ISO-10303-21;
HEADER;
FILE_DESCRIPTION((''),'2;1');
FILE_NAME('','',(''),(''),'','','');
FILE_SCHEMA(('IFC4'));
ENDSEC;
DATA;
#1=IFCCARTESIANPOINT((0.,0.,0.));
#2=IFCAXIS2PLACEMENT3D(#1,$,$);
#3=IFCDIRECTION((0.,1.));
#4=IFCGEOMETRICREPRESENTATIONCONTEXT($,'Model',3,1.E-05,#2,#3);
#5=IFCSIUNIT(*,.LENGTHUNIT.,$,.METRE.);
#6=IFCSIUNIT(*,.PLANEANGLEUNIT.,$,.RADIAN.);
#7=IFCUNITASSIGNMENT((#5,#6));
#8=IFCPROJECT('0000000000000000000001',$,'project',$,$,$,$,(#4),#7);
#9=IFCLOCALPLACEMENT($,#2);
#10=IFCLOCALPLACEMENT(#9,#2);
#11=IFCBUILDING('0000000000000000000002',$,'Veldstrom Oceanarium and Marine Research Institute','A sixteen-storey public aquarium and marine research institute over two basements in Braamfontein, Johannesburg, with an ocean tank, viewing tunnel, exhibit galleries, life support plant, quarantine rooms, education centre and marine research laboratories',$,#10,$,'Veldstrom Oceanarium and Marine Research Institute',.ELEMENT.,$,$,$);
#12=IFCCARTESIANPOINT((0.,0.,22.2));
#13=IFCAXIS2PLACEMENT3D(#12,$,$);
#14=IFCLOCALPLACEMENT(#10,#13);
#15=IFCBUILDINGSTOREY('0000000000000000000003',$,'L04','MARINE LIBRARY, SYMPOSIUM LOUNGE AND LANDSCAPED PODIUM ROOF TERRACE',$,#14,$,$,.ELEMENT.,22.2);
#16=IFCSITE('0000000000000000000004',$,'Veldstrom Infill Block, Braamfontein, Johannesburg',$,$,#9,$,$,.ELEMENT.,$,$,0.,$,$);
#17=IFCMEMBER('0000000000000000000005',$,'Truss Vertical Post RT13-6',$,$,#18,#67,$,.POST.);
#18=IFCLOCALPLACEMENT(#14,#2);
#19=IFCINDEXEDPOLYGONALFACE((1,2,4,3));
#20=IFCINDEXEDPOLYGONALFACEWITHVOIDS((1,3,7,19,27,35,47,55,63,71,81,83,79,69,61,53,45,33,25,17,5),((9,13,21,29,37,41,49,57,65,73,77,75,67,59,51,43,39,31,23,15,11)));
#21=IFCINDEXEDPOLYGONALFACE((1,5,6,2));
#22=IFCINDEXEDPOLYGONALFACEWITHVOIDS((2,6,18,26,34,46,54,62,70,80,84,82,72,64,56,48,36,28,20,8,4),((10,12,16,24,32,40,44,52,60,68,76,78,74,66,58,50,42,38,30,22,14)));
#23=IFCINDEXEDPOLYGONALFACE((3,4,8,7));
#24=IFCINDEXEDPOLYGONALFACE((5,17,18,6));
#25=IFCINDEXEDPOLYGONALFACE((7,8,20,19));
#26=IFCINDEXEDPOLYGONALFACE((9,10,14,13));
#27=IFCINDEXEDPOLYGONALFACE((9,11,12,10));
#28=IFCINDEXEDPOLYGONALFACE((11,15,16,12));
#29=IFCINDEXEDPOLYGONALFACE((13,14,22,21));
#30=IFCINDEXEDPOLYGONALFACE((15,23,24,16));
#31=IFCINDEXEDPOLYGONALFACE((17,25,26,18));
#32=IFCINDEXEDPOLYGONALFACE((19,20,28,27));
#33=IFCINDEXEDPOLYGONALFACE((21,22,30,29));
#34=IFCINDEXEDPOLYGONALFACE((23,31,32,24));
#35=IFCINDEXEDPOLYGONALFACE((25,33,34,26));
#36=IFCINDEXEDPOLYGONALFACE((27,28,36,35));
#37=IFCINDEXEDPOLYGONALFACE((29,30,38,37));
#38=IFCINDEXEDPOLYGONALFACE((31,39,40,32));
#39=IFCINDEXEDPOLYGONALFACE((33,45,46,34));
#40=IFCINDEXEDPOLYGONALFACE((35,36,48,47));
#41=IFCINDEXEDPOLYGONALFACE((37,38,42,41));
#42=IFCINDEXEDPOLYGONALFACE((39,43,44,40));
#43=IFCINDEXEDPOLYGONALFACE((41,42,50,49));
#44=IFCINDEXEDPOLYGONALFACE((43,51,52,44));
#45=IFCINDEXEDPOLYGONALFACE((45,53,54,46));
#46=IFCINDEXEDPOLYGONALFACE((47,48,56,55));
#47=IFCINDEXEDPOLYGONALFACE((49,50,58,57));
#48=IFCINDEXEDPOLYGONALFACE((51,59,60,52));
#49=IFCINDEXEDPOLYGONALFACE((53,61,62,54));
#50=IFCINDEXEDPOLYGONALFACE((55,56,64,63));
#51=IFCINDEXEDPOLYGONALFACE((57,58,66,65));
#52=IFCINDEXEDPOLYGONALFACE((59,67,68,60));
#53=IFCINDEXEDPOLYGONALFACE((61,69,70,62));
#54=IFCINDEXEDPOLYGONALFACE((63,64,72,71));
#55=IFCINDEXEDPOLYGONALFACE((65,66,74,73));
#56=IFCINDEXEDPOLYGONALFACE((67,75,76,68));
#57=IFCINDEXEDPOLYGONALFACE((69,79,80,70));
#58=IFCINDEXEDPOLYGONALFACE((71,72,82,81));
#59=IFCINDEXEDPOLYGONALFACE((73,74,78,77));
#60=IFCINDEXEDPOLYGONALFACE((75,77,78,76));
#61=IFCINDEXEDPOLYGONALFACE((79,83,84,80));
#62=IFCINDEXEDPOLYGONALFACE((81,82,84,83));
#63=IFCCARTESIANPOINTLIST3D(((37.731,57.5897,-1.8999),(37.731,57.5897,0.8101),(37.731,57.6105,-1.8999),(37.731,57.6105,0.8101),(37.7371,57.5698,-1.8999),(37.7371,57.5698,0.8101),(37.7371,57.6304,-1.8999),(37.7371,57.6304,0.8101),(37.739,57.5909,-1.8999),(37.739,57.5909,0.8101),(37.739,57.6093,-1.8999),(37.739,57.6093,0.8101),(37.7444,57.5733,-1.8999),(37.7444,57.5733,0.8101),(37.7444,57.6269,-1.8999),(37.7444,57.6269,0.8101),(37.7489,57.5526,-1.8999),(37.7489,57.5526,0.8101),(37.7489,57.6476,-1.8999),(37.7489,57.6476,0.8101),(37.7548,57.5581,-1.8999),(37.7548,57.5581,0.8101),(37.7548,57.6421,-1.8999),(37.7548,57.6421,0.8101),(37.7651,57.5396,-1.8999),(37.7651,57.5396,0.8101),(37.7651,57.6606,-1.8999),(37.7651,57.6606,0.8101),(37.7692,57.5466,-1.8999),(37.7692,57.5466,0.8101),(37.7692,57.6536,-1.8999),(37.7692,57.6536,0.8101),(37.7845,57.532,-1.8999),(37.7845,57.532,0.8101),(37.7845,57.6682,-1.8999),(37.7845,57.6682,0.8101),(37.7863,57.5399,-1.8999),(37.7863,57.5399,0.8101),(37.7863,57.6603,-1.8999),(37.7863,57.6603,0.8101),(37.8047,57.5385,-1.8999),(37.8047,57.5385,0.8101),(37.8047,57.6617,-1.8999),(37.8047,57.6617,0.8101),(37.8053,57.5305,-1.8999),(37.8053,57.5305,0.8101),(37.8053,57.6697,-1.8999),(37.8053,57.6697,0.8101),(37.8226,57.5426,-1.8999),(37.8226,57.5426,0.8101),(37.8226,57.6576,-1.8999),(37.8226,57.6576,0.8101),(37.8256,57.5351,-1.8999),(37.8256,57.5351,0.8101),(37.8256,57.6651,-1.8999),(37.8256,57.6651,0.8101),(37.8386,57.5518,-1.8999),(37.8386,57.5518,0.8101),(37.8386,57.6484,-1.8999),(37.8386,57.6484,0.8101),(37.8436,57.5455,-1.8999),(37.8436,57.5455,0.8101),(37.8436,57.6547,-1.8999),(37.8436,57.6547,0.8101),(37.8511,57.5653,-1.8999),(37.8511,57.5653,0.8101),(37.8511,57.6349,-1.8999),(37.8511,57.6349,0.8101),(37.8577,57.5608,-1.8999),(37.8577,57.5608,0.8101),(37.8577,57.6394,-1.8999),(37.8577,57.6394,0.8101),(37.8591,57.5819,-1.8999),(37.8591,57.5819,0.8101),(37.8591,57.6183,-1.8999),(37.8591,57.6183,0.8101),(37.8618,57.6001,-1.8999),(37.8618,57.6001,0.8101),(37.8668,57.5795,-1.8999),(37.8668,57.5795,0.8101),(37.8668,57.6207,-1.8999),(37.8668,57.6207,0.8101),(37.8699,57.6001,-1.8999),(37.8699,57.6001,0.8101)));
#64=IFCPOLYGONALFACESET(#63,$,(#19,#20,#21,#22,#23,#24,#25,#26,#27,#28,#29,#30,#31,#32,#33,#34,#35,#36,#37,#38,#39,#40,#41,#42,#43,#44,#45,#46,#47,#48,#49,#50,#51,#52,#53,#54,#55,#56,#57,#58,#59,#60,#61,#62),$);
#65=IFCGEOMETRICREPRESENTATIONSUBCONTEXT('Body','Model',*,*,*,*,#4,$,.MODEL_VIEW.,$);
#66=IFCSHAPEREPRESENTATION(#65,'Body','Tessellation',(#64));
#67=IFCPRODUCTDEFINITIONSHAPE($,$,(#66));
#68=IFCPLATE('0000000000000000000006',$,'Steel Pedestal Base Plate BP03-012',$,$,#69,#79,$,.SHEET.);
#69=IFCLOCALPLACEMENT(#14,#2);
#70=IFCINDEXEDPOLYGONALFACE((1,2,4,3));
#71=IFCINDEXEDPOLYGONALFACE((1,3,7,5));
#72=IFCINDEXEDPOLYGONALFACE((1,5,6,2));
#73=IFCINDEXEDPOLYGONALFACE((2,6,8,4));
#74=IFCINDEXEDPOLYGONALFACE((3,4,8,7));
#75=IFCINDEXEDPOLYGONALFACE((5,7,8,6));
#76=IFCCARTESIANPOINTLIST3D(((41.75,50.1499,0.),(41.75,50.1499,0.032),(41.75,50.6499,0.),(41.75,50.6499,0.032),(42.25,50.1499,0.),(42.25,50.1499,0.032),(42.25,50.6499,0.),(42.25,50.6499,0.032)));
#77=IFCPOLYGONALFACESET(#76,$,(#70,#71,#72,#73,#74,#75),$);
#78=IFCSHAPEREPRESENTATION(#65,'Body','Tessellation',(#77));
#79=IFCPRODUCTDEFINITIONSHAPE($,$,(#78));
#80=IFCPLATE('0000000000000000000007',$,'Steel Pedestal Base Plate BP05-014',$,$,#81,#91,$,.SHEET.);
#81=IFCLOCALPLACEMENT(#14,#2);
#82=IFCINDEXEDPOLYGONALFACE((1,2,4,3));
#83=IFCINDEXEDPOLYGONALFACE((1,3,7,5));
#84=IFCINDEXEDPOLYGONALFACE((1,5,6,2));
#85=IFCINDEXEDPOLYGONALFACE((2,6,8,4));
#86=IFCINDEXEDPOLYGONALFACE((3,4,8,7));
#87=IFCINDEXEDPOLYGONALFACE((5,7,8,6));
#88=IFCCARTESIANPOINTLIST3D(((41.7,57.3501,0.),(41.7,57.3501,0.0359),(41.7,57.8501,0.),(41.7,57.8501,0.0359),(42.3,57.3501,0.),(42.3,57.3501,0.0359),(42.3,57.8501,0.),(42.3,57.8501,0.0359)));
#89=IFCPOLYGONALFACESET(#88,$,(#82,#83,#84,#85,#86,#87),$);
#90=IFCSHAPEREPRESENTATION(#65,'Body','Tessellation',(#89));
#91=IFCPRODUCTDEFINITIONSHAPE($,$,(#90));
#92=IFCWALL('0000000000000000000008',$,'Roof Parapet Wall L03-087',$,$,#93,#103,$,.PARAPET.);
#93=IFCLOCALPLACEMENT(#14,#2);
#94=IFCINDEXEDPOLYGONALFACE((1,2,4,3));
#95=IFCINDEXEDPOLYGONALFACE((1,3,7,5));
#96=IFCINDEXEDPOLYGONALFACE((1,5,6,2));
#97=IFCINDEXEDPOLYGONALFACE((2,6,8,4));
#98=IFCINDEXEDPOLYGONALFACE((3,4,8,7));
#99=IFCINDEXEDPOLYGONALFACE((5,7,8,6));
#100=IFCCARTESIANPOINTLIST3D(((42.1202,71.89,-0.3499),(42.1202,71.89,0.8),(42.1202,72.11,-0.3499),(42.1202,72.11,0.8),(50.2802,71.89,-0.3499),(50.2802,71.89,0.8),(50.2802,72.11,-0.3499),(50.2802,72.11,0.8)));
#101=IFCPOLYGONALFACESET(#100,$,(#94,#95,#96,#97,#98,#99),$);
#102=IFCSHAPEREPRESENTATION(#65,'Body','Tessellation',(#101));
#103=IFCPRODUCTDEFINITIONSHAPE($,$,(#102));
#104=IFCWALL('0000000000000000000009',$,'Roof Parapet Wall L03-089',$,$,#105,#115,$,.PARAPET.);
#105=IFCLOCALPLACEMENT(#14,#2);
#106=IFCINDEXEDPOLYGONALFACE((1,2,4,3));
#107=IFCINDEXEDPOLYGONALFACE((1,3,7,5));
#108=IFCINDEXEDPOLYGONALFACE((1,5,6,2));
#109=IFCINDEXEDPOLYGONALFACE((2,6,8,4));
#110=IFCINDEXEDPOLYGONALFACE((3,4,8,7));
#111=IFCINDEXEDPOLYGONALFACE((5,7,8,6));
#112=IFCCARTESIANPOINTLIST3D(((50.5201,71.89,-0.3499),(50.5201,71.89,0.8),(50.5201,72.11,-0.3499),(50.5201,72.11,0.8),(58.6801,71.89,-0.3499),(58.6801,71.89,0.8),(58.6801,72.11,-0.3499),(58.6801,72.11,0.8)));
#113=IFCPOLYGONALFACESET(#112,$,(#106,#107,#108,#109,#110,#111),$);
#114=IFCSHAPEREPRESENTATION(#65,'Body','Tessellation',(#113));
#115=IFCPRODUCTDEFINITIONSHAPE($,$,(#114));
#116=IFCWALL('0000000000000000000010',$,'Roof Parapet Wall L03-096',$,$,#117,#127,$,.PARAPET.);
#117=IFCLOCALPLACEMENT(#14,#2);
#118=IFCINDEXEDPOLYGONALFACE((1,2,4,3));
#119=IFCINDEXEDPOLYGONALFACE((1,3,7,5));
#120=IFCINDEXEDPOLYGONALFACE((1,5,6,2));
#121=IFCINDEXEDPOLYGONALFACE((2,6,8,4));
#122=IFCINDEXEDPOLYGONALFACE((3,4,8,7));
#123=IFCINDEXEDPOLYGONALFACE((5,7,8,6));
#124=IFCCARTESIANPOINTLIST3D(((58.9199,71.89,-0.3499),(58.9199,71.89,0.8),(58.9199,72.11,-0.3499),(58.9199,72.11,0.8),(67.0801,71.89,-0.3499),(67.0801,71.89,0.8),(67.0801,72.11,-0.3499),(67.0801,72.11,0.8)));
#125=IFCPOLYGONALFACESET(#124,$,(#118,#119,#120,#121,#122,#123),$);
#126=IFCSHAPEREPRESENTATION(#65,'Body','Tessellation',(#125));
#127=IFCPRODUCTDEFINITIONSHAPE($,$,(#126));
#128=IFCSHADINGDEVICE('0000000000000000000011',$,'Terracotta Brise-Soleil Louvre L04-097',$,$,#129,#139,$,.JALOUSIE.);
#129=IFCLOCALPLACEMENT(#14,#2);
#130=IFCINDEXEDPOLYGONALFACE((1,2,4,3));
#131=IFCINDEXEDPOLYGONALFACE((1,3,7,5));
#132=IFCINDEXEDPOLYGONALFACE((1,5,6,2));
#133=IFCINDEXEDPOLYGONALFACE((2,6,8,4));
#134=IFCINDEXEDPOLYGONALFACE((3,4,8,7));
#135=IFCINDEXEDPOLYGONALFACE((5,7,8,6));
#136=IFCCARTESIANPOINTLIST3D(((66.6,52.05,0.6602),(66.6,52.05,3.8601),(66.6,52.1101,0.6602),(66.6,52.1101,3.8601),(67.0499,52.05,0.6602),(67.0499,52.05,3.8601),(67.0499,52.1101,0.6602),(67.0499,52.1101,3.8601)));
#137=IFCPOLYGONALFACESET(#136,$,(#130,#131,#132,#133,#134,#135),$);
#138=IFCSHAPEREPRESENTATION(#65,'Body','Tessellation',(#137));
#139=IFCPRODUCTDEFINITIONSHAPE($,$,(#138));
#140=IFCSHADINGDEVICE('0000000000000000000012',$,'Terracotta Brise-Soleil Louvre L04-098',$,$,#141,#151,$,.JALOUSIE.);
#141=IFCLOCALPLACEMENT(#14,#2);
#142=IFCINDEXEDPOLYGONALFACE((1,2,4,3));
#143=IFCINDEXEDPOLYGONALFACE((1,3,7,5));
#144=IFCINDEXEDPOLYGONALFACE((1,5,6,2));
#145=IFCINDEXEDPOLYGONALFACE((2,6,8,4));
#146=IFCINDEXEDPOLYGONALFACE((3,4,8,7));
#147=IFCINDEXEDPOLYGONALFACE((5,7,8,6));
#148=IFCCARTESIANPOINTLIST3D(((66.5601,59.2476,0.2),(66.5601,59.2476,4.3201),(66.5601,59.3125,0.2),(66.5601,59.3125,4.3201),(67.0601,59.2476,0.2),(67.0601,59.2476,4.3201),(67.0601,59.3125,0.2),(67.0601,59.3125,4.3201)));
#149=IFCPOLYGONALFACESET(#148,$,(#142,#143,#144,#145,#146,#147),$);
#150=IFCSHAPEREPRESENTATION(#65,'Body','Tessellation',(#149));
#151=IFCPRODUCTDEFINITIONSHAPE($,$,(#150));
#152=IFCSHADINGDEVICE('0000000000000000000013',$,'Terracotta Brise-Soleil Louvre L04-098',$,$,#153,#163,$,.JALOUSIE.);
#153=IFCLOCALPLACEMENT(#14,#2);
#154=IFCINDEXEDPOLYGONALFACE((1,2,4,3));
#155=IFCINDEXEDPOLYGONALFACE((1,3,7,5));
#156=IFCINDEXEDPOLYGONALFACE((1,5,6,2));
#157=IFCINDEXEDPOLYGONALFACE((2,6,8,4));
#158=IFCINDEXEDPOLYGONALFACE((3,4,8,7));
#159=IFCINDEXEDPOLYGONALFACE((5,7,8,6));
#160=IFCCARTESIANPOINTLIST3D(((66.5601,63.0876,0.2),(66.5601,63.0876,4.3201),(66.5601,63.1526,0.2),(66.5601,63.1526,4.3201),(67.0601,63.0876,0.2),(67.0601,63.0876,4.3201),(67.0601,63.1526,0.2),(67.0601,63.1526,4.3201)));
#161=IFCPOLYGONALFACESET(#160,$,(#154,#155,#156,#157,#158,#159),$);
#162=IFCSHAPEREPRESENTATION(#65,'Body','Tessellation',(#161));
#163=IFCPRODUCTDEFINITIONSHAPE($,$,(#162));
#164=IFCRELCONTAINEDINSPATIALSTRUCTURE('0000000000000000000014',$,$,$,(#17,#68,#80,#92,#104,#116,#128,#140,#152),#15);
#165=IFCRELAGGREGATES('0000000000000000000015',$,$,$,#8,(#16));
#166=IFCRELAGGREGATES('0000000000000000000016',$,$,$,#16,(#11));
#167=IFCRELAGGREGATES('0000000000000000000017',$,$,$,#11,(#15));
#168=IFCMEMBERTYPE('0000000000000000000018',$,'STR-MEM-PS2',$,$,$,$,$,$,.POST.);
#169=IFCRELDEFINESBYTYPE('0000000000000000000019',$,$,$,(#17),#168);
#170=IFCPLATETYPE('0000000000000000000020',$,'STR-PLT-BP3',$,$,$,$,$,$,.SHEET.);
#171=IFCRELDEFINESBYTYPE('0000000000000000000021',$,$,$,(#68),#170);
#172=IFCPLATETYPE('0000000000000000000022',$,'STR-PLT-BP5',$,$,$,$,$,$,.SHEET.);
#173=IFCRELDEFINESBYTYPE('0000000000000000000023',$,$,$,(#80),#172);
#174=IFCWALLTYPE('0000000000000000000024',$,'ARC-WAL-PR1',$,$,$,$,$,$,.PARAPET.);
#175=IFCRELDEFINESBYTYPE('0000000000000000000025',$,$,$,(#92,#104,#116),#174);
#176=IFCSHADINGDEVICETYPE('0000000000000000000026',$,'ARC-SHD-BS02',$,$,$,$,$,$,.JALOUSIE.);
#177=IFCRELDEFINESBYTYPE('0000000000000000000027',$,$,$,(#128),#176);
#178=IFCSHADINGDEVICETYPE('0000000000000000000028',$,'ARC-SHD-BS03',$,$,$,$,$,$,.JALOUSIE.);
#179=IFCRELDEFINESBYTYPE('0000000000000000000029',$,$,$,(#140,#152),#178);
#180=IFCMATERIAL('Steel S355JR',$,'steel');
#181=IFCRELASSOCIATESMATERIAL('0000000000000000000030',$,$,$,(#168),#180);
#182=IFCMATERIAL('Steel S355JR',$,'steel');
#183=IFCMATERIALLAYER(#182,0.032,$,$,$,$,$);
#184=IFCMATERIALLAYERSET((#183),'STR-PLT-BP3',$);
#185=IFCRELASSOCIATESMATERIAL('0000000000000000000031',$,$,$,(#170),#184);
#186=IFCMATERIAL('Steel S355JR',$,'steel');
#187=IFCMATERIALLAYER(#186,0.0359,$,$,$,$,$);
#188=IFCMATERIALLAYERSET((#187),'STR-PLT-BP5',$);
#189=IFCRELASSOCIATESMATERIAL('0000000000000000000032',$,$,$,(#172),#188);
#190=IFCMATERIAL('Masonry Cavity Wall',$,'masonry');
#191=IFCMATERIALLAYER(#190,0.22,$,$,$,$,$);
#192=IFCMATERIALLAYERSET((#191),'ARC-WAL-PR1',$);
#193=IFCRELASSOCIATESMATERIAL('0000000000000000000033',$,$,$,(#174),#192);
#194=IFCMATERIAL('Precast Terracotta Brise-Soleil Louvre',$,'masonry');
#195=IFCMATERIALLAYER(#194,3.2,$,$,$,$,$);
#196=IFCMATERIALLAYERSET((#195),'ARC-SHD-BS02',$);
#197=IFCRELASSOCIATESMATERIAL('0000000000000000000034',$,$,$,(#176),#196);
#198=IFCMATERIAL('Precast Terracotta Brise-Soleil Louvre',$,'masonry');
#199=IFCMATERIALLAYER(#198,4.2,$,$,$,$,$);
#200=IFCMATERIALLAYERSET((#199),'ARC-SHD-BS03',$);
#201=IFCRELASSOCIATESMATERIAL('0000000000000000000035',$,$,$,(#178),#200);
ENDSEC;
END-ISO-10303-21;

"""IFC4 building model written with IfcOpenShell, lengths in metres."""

from ifc_helpers import new_model, si_unit, direction, frame, frame_2d, origin, origin_2d, place, context, subcontext, project, spatial, rectangle, hollow_circle, extrude, material, layer, layer_set, material_profile, profile_set, type_object, element, save


model = new_model("IFC4")

# Units and contexts
model_context = context("Model", 3, precision=1e-05, world=origin(), true_north=direction((0.0, 1.0)))
body_context = subcontext(model_context, "Body", "Model", "MODEL_VIEW")
ifc_project = project(units=[si_unit("LENGTHUNIT", "METRE"), si_unit("PLANEANGLEUNIT", "RADIAN")], contexts=[model_context])

# Site, building, storey
site_placement = place(None, origin())
site = spatial("IfcSite", under=ifc_project, at=site_placement, Name="Veldstrom Infill Block, Braamfontein, Johannesburg", CompositionType="ELEMENT", RefElevation=0.0)
building_placement = place(site_placement, origin())
building = spatial("IfcBuilding", under=site, at=building_placement, Name="Veldstrom Oceanarium and Marine Research Institute", Description="A sixteen-storey public aquarium and marine research institute over two basements in Braamfontein, Johannesburg, with an ocean tank, viewing tunnel, exhibit galleries, life support plant, quarantine rooms, education centre and marine research laboratories", LongName="Veldstrom Oceanarium and Marine Research Institute", CompositionType="ELEMENT")
storey_placement = place(building_placement, frame((0.0, 0.0, 22.2)))
storey = spatial("IfcBuildingStorey", under=building, at=storey_placement, Name="L04", Description="MARINE LIBRARY, SYMPOSIUM LOUNGE AND LANDSCAPED PODIUM ROOF TERRACE", CompositionType="ELEMENT", Elevation=22.2)

# Member
ifc_material_1 = material(Name="Steel S355JR", Category="steel")
ifc_material_profile_1 = material_profile(ifc_material_1, hollow_circle(Radius=0.0698, WallThickness=0.0081, at=origin_2d()), Name="CHS 139.7x8")
ifc_profile_set_1 = profile_set([ifc_material_profile_1], Name="Steel S355JR")
member_type_1 = type_object("IfcMemberType", Name="STR-MEM-PS2", PredefinedType="POST", material=ifc_profile_set_1)
member_1_placement = place(storey_placement, frame((37.8, 57.6001, -1.8999), z_axis=(0.0, 0.0, 1.0), x_axis=(1.0, 0.0, 0.0)))
element("IfcMember", 1, at=member_1_placement, inside=storey, type_object=member_type_1, Name="Truss Vertical Post RT13-6", PredefinedType="POST", context=body_context, shape_type="SweptSolid", body=[
    extrude(hollow_circle(Radius=0.0698, WallThickness=0.0081, at=origin_2d()), origin(), (0.0, 0.0, 1.0), 2.71),
])

# Plates
ifc_material_2 = material(Name="Steel S355JR", Category="steel")
ifc_layer_1 = layer(ifc_material_2, 0.032)
ifc_layer_set_1 = layer_set([ifc_layer_1], Name="STR-PLT-BP3")
plate_type_1 = type_object("IfcPlateType", Name="STR-PLT-BP3", PredefinedType="SHEET", material=ifc_layer_set_1)
plate_1_placement = place(storey_placement, frame((42.0, 50.3999, 0.0), z_axis=(0.0, 0.0, 1.0), x_axis=(1.0, 0.0, 0.0)))
element("IfcPlate", 2, at=plate_1_placement, inside=storey, type_object=plate_type_1, Name="Steel Pedestal Base Plate BP03-012", PredefinedType="SHEET", context=body_context, shape_type="SweptSolid", body=[
    extrude(rectangle(XDim=0.5, YDim=0.5, at=origin_2d()), origin(), (0.0, 0.0, 1.0), 0.032),
])
ifc_material_3 = material(Name="Steel S355JR", Category="steel")
ifc_layer_2 = layer(ifc_material_3, 0.0359)
ifc_layer_set_2 = layer_set([ifc_layer_2], Name="STR-PLT-BP5")
plate_type_2 = type_object("IfcPlateType", Name="STR-PLT-BP5", PredefinedType="SHEET", material=ifc_layer_set_2)
plate_2_placement = place(storey_placement, frame((42.0, 57.6001, 0.0), z_axis=(0.0, 0.0, 1.0), x_axis=(1.0, 0.0, 0.0)))
element("IfcPlate", 3, at=plate_2_placement, inside=storey, type_object=plate_type_2, Name="Steel Pedestal Base Plate BP05-014", PredefinedType="SHEET", context=body_context, shape_type="SweptSolid", body=[
    extrude(rectangle(XDim=0.6001, YDim=0.5, at=origin_2d()), origin(), (0.0, 0.0, 1.0), 0.0359),
])

# Walls
ifc_material_4 = material(Name="Masonry Cavity Wall", Category="masonry")
ifc_layer_3 = layer(ifc_material_4, 0.22)
ifc_layer_set_3 = layer_set([ifc_layer_3], Name="ARC-WAL-PR1")
wall_type = type_object("IfcWallType", Name="ARC-WAL-PR1", PredefinedType="PARAPET", material=ifc_layer_set_3)
for number, where, z_axis, x_axis, name in (
    (4, (42.1201, 72.0, -0.3499), (0.0, 0.0, 1.0), (1.0, 0.0, 0.0), "Roof Parapet Wall L03-087"),
    (5, (50.52, 72.0, -0.3499), (0.0, 0.0, 1.0), (1.0, 0.0, 0.0), "Roof Parapet Wall L03-089"),
):
    element("IfcWall", number, at=place(storey_placement, frame(where, z_axis=z_axis, x_axis=x_axis)), inside=storey, type_object=wall_type, Name=name, PredefinedType="PARAPET", context=body_context, shape_type="SweptSolid", body=[
        extrude(rectangle(XDim=8.1599, YDim=0.22, at=frame_2d((4.0801, 0.0))), origin(), (0.0, 0.0, 1.0), 1.1499),
    ])
wall_placement = place(storey_placement, frame((58.9199, 72.0, -0.3499), z_axis=(0.0, 0.0, 1.0), x_axis=(1.0, 0.0, 0.0)))
element("IfcWall", 6, at=wall_placement, inside=storey, type_object=wall_type, Name="Roof Parapet Wall L03-096", PredefinedType="PARAPET", context=body_context, shape_type="SweptSolid", body=[
    extrude(rectangle(XDim=8.1602, YDim=0.22, at=frame_2d((4.0801, 0.0))), origin(), (0.0, 0.0, 1.0), 1.1499),
])

# Shading devices
ifc_material_5 = material(Name="Precast Terracotta Brise-Soleil Louvre", Category="masonry")
ifc_layer_4 = layer(ifc_material_5, 3.2)
ifc_layer_set_4 = layer_set([ifc_layer_4], Name="ARC-SHD-BS02")
shading_device_type_1 = type_object("IfcShadingDeviceType", Name="ARC-SHD-BS02", PredefinedType="JALOUSIE", material=ifc_layer_set_4)
shading_device_placement = place(storey_placement, frame((66.825, 52.0801, 0.6602), z_axis=(0.0, 0.0, 1.0), x_axis=(1.0, 0.0, 0.0)))
element("IfcShadingDevice", 7, at=shading_device_placement, inside=storey, type_object=shading_device_type_1, Name="Terracotta Brise-Soleil Louvre L04-097", PredefinedType="JALOUSIE", context=body_context, shape_type="SweptSolid", body=[
    extrude(rectangle(XDim=0.45, YDim=0.0601, at=origin_2d()), origin(), (0.0, 0.0, 1.0), 3.2),
])
ifc_material_6 = material(Name="Precast Terracotta Brise-Soleil Louvre", Category="masonry")
ifc_layer_5 = layer(ifc_material_6, 4.2)
ifc_layer_set_5 = layer_set([ifc_layer_5], Name="ARC-SHD-BS03")
shading_device_type_2 = type_object("IfcShadingDeviceType", Name="ARC-SHD-BS03", PredefinedType="JALOUSIE", material=ifc_layer_set_5)
for number, where, z_axis, x_axis, name in (
    (8, (66.8101, 59.28, 0.2), (0.0, 0.0, 1.0), (1.0, 0.0, 0.0), "Terracotta Brise-Soleil Louvre L04-098"),
    (9, (66.8101, 63.1201, 0.2), (0.0, 0.0, 1.0), (1.0, 0.0, 0.0), "Terracotta Brise-Soleil Louvre L04-098"),
):
    element("IfcShadingDevice", number, at=place(storey_placement, frame(where, z_axis=z_axis, x_axis=x_axis)), inside=storey, type_object=shading_device_type_2, Name=name, PredefinedType="JALOUSIE", context=body_context, shape_type="SweptSolid", body=[
        extrude(rectangle(XDim=0.5, YDim=0.0649, at=origin_2d()), origin(), (0.0, 0.0, 1.0), 4.1201),
    ])

save(model, "model.ifc")
